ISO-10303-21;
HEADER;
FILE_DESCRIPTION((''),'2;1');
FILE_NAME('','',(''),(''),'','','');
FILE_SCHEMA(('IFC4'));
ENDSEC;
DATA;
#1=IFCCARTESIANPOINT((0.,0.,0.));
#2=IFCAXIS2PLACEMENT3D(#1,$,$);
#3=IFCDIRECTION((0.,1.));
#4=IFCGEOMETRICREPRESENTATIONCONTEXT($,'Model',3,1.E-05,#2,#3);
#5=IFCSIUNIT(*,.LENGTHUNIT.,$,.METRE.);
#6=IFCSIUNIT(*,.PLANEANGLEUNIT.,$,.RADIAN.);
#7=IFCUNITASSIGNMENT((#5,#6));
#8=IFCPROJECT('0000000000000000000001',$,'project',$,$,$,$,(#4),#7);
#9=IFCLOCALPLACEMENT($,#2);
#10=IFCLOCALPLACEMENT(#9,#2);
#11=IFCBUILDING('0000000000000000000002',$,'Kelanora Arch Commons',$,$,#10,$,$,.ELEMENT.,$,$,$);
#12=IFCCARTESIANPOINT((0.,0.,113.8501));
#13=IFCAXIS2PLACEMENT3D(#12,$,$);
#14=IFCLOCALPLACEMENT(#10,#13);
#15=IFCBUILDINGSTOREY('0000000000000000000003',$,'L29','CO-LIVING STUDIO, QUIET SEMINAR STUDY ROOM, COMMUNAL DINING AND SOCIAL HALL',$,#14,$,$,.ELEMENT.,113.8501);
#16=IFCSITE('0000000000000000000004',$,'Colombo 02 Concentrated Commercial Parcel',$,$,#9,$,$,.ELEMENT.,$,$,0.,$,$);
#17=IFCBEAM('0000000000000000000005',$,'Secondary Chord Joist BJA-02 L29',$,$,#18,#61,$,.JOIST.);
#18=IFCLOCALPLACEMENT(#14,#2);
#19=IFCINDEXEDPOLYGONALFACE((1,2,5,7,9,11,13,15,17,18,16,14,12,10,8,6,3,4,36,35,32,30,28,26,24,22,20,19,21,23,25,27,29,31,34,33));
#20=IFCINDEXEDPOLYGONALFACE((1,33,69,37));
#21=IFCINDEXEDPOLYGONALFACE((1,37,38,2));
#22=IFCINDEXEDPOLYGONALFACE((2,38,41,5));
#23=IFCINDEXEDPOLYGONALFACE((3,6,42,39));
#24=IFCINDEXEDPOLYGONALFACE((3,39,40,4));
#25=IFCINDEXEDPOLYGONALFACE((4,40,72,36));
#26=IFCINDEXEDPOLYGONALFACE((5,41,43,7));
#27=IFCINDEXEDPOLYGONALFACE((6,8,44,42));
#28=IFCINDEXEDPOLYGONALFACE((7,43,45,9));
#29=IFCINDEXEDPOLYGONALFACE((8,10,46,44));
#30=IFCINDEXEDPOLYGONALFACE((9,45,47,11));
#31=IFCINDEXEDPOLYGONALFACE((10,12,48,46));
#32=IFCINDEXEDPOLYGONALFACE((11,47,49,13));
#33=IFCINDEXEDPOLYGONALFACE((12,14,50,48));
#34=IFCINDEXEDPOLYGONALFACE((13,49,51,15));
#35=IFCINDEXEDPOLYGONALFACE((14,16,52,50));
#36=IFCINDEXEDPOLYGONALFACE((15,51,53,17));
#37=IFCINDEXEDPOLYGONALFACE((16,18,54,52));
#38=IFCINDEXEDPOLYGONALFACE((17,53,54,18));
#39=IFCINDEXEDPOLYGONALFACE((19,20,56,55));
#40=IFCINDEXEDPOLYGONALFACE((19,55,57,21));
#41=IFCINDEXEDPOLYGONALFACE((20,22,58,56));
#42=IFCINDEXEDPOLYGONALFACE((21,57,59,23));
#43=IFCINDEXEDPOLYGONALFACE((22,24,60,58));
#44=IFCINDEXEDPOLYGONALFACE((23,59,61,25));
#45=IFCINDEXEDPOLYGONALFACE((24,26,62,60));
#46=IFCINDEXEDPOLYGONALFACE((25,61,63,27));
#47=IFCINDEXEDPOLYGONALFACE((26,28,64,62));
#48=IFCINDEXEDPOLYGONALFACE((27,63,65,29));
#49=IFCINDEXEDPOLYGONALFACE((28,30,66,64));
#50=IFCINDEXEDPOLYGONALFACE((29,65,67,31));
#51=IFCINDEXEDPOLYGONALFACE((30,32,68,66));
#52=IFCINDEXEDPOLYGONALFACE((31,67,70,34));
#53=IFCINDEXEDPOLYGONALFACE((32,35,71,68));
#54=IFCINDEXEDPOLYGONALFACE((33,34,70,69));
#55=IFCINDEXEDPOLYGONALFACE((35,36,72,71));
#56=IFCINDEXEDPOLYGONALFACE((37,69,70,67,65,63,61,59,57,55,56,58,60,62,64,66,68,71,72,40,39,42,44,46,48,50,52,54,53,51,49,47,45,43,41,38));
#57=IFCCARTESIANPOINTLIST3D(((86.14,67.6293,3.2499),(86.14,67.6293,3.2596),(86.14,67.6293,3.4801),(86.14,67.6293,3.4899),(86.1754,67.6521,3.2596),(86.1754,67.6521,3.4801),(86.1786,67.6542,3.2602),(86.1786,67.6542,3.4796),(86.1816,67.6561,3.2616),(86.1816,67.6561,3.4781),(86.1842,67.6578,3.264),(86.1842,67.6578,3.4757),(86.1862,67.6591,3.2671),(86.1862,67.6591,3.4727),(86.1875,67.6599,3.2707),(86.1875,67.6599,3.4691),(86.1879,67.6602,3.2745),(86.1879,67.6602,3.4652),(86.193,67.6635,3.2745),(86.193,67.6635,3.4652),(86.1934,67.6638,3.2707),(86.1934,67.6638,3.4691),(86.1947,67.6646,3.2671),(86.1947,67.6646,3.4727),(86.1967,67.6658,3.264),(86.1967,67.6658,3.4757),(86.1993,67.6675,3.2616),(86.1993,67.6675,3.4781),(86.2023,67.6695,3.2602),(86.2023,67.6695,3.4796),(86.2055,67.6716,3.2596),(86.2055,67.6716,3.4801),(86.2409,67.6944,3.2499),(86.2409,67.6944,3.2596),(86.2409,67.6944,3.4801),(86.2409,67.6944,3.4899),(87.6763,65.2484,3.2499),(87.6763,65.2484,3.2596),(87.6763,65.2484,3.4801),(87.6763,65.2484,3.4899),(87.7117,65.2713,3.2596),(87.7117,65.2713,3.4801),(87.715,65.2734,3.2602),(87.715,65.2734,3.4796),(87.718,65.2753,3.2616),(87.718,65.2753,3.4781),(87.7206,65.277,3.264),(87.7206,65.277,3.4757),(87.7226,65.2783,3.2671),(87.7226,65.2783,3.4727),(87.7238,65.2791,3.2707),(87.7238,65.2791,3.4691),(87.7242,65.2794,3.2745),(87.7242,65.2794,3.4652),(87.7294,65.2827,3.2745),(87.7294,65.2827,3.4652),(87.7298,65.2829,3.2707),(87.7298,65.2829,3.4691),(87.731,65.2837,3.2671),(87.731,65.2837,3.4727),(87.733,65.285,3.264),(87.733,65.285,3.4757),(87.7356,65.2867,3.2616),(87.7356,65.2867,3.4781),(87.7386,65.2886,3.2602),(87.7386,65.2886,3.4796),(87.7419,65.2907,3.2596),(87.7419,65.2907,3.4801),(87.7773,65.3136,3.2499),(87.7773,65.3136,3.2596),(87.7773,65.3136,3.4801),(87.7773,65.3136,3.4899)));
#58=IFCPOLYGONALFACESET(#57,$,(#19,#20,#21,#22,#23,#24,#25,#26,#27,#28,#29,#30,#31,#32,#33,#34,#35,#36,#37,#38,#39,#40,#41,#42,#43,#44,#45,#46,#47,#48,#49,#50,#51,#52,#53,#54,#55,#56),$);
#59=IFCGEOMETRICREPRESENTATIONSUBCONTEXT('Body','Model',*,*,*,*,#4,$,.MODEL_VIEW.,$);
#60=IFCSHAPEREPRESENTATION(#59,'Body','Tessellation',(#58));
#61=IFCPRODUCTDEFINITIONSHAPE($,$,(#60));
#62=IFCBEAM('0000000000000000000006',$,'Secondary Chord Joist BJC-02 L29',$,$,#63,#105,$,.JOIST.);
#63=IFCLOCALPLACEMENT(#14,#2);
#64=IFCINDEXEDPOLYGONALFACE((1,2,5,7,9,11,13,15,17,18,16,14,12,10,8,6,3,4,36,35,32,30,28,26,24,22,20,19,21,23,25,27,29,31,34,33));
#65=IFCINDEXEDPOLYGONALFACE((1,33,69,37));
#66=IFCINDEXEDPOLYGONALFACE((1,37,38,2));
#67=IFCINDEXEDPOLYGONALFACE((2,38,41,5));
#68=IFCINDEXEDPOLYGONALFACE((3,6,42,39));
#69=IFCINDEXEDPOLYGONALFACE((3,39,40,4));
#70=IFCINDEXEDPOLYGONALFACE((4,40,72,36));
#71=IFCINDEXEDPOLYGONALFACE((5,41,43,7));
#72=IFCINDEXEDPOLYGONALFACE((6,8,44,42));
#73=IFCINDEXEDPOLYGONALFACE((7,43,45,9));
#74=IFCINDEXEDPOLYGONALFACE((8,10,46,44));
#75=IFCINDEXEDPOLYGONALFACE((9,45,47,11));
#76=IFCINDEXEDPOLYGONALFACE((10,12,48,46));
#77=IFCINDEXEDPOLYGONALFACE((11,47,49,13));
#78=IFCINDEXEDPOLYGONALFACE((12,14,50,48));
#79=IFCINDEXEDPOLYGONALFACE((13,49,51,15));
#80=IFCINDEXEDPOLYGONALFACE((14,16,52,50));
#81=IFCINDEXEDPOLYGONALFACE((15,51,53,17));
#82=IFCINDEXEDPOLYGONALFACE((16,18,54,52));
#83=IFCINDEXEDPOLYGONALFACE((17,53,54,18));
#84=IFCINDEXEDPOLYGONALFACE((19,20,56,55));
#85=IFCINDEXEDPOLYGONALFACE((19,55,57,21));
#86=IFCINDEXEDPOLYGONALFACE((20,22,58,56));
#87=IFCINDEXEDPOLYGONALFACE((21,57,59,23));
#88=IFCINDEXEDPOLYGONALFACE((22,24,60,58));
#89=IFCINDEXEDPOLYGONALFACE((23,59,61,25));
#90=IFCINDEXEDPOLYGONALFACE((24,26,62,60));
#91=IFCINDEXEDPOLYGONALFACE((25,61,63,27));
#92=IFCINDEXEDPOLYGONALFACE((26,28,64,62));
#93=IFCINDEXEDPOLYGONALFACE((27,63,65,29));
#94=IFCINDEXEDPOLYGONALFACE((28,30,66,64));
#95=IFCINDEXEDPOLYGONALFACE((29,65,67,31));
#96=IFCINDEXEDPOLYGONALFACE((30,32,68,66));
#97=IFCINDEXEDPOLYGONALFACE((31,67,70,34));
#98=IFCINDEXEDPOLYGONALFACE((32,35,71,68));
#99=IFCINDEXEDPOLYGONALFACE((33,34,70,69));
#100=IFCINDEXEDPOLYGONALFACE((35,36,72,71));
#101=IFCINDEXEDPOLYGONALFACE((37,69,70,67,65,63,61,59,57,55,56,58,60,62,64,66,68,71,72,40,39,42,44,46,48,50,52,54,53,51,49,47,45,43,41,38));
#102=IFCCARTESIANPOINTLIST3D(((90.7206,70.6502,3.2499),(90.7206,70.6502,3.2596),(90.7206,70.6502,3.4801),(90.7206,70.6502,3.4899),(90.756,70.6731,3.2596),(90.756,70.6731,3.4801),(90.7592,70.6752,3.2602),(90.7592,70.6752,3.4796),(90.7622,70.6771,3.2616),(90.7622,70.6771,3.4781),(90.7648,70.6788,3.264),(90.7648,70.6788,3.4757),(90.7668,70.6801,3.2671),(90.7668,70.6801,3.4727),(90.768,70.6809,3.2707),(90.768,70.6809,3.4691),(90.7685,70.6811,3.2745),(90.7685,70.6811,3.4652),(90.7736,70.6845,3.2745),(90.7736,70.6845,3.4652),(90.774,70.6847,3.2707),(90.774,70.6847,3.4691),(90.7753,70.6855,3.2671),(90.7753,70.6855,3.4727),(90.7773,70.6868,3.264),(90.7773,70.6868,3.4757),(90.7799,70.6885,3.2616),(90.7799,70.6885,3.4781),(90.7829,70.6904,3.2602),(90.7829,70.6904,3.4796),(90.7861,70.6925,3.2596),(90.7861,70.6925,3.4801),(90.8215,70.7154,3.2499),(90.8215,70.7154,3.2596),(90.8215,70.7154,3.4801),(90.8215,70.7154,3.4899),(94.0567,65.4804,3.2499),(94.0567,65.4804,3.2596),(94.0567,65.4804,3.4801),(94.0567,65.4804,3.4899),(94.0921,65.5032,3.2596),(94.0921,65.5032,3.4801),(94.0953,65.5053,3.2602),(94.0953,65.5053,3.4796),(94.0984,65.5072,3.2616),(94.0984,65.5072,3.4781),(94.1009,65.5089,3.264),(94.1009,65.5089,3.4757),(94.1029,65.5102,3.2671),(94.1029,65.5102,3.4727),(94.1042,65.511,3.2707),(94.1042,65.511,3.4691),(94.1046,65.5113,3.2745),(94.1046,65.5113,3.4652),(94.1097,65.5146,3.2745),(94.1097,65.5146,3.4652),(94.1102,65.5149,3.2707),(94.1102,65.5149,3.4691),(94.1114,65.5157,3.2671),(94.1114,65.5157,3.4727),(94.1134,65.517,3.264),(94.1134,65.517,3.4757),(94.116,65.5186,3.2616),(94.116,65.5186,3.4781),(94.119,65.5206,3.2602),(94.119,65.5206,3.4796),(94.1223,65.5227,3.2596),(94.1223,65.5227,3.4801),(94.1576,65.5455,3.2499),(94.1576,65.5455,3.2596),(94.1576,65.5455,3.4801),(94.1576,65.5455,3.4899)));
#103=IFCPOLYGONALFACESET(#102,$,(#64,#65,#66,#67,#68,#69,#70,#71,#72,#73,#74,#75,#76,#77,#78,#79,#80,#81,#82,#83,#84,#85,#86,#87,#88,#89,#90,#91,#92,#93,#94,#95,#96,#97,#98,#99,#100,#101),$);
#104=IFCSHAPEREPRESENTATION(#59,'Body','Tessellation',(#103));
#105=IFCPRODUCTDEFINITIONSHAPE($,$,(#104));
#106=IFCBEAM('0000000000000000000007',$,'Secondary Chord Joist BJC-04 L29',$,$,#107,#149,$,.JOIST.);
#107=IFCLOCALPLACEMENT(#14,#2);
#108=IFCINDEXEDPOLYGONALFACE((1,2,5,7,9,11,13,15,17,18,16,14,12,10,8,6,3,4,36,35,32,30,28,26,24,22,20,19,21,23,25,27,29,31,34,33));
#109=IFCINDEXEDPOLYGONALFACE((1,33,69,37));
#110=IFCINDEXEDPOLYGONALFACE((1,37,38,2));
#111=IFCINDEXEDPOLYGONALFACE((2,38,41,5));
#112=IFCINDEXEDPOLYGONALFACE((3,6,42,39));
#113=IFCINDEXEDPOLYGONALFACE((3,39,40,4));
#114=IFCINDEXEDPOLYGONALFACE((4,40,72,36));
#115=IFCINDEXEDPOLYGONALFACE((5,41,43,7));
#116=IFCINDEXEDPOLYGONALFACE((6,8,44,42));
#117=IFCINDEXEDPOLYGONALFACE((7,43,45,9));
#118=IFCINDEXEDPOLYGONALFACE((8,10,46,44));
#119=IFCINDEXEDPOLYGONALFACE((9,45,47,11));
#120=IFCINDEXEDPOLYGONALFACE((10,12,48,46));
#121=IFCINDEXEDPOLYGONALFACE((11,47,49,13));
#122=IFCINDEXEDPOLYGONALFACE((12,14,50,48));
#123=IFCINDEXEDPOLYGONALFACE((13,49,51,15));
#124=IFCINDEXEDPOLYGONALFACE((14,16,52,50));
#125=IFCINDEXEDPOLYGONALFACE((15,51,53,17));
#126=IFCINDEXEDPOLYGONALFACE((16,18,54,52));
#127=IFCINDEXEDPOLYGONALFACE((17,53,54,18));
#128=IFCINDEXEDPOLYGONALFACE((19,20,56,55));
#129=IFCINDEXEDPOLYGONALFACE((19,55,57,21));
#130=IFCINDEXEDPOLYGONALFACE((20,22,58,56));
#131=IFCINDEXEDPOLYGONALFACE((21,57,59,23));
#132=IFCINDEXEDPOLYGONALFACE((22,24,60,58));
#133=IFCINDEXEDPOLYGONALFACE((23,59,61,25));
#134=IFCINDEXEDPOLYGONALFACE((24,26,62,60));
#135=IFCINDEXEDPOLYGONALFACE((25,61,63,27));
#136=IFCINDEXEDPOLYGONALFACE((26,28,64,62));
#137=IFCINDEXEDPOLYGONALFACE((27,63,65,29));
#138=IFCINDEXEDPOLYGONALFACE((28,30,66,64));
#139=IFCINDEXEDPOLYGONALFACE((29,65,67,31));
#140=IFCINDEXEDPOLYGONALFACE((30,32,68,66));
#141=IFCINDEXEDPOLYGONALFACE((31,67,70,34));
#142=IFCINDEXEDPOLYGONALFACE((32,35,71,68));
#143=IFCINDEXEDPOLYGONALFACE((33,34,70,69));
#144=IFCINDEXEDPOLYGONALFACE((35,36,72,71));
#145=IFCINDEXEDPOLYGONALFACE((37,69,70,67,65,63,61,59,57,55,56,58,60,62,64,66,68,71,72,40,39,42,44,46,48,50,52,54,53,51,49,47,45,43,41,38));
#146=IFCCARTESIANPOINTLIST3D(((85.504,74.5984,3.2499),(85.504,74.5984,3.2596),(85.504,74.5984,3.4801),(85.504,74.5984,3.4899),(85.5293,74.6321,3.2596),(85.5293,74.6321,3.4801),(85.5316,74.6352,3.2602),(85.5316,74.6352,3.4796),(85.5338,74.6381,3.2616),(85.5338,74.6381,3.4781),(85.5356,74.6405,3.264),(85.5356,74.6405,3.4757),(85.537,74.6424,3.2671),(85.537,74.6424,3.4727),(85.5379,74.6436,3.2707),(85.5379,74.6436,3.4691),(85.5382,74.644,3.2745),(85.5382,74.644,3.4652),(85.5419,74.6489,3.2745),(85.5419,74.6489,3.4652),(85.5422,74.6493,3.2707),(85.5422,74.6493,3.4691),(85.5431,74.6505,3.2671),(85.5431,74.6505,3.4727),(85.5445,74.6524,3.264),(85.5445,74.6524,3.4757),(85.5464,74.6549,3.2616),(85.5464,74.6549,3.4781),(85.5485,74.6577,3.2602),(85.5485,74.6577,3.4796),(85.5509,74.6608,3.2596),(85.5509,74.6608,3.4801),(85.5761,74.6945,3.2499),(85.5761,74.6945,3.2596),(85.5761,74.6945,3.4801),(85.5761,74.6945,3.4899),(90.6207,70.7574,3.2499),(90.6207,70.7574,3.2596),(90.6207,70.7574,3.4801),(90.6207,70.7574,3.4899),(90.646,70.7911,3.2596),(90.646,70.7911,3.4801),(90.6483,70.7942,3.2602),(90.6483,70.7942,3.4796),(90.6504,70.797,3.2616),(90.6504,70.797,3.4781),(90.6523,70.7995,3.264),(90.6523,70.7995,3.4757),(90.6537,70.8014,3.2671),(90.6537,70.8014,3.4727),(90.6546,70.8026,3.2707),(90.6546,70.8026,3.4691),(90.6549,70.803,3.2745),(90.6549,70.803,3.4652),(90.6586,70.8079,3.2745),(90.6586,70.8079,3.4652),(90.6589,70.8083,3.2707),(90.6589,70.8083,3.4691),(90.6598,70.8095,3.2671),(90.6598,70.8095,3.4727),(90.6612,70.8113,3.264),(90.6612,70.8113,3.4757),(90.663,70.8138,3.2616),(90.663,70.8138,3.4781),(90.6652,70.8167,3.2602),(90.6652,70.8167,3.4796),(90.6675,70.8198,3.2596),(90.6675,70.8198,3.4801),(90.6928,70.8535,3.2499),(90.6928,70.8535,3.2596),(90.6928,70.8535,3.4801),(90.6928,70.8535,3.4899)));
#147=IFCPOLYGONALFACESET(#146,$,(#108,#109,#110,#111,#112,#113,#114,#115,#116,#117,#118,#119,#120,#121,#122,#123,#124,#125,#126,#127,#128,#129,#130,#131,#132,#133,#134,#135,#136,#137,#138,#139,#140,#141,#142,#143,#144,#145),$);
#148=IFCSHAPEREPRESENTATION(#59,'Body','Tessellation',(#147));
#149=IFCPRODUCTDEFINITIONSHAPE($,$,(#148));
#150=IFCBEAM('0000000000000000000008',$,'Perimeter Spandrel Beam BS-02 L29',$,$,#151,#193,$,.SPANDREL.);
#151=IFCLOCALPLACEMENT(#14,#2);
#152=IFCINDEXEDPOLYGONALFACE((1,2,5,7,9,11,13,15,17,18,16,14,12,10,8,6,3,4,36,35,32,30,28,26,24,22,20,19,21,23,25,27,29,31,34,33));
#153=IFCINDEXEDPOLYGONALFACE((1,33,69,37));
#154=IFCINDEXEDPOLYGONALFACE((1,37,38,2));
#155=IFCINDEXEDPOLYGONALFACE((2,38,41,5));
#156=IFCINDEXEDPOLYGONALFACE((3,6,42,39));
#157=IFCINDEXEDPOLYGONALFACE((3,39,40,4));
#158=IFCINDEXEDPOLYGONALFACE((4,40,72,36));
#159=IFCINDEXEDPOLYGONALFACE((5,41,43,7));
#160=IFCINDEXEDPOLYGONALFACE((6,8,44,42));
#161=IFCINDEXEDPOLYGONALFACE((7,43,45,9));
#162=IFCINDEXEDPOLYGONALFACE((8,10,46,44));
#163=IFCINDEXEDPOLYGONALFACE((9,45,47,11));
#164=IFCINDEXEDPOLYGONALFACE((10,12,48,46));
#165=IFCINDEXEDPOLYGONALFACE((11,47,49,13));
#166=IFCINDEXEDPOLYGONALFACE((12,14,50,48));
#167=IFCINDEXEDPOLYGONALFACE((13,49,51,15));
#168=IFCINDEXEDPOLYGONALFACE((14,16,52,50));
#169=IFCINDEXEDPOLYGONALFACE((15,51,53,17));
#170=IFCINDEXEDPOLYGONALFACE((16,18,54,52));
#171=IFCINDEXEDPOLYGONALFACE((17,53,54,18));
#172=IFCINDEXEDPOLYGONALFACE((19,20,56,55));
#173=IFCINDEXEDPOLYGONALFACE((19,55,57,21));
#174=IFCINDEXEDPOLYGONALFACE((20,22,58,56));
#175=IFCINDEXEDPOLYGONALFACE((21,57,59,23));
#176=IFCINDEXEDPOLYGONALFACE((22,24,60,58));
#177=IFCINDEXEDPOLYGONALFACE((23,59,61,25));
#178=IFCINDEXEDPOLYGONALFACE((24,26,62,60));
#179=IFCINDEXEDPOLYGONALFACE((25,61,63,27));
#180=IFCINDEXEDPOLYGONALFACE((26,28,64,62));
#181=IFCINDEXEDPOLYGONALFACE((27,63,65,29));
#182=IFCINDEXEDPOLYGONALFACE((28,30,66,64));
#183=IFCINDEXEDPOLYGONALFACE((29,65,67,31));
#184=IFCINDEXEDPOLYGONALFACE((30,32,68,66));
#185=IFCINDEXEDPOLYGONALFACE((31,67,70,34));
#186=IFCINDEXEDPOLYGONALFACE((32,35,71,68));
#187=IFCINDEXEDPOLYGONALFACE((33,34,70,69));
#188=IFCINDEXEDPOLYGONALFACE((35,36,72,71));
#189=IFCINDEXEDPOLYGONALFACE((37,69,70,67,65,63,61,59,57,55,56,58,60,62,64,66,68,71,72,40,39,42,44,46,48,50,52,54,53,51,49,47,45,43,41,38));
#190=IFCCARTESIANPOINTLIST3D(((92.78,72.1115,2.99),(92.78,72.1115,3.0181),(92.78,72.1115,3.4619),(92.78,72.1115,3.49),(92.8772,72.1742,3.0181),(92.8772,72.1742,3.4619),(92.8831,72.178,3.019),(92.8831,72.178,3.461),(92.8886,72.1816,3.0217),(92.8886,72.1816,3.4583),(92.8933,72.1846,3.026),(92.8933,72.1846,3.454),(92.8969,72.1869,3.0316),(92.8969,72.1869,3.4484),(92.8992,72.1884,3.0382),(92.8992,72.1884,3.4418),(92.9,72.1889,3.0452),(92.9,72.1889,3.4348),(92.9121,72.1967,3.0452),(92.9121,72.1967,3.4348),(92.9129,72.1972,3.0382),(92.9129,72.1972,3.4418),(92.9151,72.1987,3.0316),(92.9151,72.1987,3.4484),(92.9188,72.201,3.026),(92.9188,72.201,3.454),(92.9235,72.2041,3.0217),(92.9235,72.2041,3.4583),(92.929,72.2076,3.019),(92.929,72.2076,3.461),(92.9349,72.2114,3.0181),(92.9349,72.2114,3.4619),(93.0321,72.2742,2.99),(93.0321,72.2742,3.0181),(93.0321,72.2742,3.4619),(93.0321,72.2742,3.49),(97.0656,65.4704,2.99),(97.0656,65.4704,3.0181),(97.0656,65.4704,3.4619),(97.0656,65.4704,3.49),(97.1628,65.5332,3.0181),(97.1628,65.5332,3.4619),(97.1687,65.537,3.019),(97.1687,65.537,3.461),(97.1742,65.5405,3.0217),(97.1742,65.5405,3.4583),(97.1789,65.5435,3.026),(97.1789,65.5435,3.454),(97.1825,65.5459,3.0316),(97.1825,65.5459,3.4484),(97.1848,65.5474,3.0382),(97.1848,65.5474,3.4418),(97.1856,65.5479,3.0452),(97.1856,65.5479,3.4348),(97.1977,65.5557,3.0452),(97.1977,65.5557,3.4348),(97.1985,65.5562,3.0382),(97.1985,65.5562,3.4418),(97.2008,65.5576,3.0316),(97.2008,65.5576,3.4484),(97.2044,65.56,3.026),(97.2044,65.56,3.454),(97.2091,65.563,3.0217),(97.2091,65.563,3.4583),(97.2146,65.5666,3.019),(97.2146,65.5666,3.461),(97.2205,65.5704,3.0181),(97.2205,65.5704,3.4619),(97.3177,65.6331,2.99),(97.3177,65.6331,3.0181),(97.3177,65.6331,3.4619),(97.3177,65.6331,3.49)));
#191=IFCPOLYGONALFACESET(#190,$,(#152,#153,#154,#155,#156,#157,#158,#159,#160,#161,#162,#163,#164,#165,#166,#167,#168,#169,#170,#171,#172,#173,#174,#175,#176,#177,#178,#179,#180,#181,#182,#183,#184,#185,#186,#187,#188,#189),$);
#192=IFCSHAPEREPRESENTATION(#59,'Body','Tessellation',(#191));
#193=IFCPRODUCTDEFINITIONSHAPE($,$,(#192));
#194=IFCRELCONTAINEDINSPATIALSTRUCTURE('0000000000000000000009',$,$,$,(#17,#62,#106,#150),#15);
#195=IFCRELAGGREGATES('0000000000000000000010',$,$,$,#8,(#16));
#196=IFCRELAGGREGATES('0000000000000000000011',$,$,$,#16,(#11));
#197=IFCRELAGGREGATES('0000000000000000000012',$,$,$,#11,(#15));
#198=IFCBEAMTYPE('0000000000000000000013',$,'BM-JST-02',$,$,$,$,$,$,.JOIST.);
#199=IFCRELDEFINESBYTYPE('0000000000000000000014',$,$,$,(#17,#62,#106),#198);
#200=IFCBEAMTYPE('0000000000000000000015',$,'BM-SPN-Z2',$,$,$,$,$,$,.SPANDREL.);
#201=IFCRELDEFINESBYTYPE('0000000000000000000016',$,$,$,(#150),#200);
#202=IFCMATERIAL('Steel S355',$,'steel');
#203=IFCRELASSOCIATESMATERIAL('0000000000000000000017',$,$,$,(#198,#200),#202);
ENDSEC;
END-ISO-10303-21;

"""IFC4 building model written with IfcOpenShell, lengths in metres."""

from ifc_helpers import new_model, si_unit, direction, frame, origin, origin_2d, place, context, subcontext, project, spatial, i_section, extrude, material, material_profile, profile_set, type_object, element, save


model = new_model("IFC4")

# Units and contexts
model_context = context("Model", 3, precision=1e-05, world=origin(), true_north=direction((0.0, 1.0)))
body_context = subcontext(model_context, "Body", "Model", "MODEL_VIEW")
ifc_project = project(units=[si_unit("LENGTHUNIT", "METRE"), si_unit("PLANEANGLEUNIT", "RADIAN")], contexts=[model_context])

# Site, building, storey
site_placement = place(None, origin())
site = spatial("IfcSite", under=ifc_project, at=site_placement, Name="Colombo 02 Concentrated Commercial Parcel", CompositionType="ELEMENT", RefElevation=0.0)
building_placement = place(site_placement, origin())
building = spatial("IfcBuilding", under=site, at=building_placement, Name="Kelanora Arch Commons", CompositionType="ELEMENT")
storey_placement = place(building_placement, frame((0.0, 0.0, 113.8501)))
storey = spatial("IfcBuildingStorey", under=building, at=storey_placement, Name="L29", Description="CO-LIVING STUDIO, QUIET SEMINAR STUDY ROOM, COMMUNAL DINING AND SOCIAL HALL", CompositionType="ELEMENT", Elevation=113.8501)

# Beams
ifc_material_1 = material(Name="Steel S355", Category="steel")
ifc_material_profile_1 = material_profile(ifc_material_1, i_section(OverallWidth=0.1201, OverallDepth=0.24, WebThickness=0.0061, FlangeThickness=0.0098, FilletRadius=0.0149, at=origin_2d()), Name="IPE240")
ifc_profile_set_1 = profile_set([ifc_material_profile_1], Name="Steel S355")
beam_type_1 = type_object("IfcBeamType", Name="BM-JST-02", PredefinedType="JOIST", material=ifc_profile_set_1)
beam_1_placement = place(storey_placement, frame((87.7268, 65.281, 3.3699), z_axis=(-0.542211, 0.840242, 0.0), x_axis=(-0.840242, -0.542211, 0.0)))
element("IfcBeam", 1, at=beam_1_placement, inside=storey, type_object=beam_type_1, Name="Secondary Chord Joist BJA-02 L29", PredefinedType="JOIST", context=body_context, shape_type="SweptSolid", body=[
    extrude(i_section(OverallWidth=0.1201, OverallDepth=0.24, WebThickness=0.0061, FlangeThickness=0.0098, FilletRadius=0.0149, at=origin_2d()), origin(), (0.0, 0.0, 1.0), 2.8335),
])
beam_2_placement = place(storey_placement, frame((94.1072, 65.5129, 3.3699), z_axis=(-0.542213, 0.840241, 0.0), x_axis=(-0.840241, -0.542213, 0.0)))
element("IfcBeam", 2, at=beam_2_placement, inside=storey, type_object=beam_type_1, Name="Secondary Chord Joist BJC-02 L29", PredefinedType="JOIST", context=body_context, shape_type="SweptSolid", body=[
    extrude(i_section(OverallWidth=0.1201, OverallDepth=0.24, WebThickness=0.0061, FlangeThickness=0.0098, FilletRadius=0.0149, at=origin_2d()), origin(), (0.0, 0.0, 1.0), 6.1528),
])
beam_3_placement = place(storey_placement, frame((90.6567, 70.8054, 3.3699), z_axis=(-0.799734, 0.600354, 0.0), x_axis=(-0.600354, -0.799734, 0.0)))
element("IfcBeam", 3, at=beam_3_placement, inside=storey, type_object=beam_type_1, Name="Secondary Chord Joist BJC-04 L29", PredefinedType="JOIST", context=body_context, shape_type="SweptSolid", body=[
    extrude(i_section(OverallWidth=0.1201, OverallDepth=0.24, WebThickness=0.0061, FlangeThickness=0.0098, FilletRadius=0.0149, at=origin_2d()), origin(), (0.0, 0.0, 1.0), 6.3979),
])
ifc_material_profile_2 = material_profile(ifc_material_1, i_section(OverallWidth=0.3, OverallDepth=0.5, WebThickness=0.0144, FlangeThickness=0.0281, FilletRadius=0.0271, at=origin_2d()), Name="HEB500")
ifc_profile_set_2 = profile_set([ifc_material_profile_2], Name="Steel S355")
beam_type_2 = type_object("IfcBeamType", Name="BM-SPN-Z2", PredefinedType="SPANDREL", material=ifc_profile_set_2)
beam_4_placement = place(storey_placement, frame((97.1917, 65.5518, 3.24), z_axis=(-0.542221, 0.840236, 0.0), x_axis=(-0.840236, -0.542221, 0.0)))
element("IfcBeam", 4, at=beam_4_placement, inside=storey, type_object=beam_type_2, Name="Perimeter Spandrel Beam BS-02 L29", PredefinedType="SPANDREL", context=body_context, shape_type="SweptSolid", body=[
    extrude(i_section(OverallWidth=0.3, OverallDepth=0.5, WebThickness=0.0144, FlangeThickness=0.0281, FilletRadius=0.0271, at=origin_2d()), origin(), (0.0, 0.0, 1.0), 7.9038),
])

save(model, "model.ifc")
